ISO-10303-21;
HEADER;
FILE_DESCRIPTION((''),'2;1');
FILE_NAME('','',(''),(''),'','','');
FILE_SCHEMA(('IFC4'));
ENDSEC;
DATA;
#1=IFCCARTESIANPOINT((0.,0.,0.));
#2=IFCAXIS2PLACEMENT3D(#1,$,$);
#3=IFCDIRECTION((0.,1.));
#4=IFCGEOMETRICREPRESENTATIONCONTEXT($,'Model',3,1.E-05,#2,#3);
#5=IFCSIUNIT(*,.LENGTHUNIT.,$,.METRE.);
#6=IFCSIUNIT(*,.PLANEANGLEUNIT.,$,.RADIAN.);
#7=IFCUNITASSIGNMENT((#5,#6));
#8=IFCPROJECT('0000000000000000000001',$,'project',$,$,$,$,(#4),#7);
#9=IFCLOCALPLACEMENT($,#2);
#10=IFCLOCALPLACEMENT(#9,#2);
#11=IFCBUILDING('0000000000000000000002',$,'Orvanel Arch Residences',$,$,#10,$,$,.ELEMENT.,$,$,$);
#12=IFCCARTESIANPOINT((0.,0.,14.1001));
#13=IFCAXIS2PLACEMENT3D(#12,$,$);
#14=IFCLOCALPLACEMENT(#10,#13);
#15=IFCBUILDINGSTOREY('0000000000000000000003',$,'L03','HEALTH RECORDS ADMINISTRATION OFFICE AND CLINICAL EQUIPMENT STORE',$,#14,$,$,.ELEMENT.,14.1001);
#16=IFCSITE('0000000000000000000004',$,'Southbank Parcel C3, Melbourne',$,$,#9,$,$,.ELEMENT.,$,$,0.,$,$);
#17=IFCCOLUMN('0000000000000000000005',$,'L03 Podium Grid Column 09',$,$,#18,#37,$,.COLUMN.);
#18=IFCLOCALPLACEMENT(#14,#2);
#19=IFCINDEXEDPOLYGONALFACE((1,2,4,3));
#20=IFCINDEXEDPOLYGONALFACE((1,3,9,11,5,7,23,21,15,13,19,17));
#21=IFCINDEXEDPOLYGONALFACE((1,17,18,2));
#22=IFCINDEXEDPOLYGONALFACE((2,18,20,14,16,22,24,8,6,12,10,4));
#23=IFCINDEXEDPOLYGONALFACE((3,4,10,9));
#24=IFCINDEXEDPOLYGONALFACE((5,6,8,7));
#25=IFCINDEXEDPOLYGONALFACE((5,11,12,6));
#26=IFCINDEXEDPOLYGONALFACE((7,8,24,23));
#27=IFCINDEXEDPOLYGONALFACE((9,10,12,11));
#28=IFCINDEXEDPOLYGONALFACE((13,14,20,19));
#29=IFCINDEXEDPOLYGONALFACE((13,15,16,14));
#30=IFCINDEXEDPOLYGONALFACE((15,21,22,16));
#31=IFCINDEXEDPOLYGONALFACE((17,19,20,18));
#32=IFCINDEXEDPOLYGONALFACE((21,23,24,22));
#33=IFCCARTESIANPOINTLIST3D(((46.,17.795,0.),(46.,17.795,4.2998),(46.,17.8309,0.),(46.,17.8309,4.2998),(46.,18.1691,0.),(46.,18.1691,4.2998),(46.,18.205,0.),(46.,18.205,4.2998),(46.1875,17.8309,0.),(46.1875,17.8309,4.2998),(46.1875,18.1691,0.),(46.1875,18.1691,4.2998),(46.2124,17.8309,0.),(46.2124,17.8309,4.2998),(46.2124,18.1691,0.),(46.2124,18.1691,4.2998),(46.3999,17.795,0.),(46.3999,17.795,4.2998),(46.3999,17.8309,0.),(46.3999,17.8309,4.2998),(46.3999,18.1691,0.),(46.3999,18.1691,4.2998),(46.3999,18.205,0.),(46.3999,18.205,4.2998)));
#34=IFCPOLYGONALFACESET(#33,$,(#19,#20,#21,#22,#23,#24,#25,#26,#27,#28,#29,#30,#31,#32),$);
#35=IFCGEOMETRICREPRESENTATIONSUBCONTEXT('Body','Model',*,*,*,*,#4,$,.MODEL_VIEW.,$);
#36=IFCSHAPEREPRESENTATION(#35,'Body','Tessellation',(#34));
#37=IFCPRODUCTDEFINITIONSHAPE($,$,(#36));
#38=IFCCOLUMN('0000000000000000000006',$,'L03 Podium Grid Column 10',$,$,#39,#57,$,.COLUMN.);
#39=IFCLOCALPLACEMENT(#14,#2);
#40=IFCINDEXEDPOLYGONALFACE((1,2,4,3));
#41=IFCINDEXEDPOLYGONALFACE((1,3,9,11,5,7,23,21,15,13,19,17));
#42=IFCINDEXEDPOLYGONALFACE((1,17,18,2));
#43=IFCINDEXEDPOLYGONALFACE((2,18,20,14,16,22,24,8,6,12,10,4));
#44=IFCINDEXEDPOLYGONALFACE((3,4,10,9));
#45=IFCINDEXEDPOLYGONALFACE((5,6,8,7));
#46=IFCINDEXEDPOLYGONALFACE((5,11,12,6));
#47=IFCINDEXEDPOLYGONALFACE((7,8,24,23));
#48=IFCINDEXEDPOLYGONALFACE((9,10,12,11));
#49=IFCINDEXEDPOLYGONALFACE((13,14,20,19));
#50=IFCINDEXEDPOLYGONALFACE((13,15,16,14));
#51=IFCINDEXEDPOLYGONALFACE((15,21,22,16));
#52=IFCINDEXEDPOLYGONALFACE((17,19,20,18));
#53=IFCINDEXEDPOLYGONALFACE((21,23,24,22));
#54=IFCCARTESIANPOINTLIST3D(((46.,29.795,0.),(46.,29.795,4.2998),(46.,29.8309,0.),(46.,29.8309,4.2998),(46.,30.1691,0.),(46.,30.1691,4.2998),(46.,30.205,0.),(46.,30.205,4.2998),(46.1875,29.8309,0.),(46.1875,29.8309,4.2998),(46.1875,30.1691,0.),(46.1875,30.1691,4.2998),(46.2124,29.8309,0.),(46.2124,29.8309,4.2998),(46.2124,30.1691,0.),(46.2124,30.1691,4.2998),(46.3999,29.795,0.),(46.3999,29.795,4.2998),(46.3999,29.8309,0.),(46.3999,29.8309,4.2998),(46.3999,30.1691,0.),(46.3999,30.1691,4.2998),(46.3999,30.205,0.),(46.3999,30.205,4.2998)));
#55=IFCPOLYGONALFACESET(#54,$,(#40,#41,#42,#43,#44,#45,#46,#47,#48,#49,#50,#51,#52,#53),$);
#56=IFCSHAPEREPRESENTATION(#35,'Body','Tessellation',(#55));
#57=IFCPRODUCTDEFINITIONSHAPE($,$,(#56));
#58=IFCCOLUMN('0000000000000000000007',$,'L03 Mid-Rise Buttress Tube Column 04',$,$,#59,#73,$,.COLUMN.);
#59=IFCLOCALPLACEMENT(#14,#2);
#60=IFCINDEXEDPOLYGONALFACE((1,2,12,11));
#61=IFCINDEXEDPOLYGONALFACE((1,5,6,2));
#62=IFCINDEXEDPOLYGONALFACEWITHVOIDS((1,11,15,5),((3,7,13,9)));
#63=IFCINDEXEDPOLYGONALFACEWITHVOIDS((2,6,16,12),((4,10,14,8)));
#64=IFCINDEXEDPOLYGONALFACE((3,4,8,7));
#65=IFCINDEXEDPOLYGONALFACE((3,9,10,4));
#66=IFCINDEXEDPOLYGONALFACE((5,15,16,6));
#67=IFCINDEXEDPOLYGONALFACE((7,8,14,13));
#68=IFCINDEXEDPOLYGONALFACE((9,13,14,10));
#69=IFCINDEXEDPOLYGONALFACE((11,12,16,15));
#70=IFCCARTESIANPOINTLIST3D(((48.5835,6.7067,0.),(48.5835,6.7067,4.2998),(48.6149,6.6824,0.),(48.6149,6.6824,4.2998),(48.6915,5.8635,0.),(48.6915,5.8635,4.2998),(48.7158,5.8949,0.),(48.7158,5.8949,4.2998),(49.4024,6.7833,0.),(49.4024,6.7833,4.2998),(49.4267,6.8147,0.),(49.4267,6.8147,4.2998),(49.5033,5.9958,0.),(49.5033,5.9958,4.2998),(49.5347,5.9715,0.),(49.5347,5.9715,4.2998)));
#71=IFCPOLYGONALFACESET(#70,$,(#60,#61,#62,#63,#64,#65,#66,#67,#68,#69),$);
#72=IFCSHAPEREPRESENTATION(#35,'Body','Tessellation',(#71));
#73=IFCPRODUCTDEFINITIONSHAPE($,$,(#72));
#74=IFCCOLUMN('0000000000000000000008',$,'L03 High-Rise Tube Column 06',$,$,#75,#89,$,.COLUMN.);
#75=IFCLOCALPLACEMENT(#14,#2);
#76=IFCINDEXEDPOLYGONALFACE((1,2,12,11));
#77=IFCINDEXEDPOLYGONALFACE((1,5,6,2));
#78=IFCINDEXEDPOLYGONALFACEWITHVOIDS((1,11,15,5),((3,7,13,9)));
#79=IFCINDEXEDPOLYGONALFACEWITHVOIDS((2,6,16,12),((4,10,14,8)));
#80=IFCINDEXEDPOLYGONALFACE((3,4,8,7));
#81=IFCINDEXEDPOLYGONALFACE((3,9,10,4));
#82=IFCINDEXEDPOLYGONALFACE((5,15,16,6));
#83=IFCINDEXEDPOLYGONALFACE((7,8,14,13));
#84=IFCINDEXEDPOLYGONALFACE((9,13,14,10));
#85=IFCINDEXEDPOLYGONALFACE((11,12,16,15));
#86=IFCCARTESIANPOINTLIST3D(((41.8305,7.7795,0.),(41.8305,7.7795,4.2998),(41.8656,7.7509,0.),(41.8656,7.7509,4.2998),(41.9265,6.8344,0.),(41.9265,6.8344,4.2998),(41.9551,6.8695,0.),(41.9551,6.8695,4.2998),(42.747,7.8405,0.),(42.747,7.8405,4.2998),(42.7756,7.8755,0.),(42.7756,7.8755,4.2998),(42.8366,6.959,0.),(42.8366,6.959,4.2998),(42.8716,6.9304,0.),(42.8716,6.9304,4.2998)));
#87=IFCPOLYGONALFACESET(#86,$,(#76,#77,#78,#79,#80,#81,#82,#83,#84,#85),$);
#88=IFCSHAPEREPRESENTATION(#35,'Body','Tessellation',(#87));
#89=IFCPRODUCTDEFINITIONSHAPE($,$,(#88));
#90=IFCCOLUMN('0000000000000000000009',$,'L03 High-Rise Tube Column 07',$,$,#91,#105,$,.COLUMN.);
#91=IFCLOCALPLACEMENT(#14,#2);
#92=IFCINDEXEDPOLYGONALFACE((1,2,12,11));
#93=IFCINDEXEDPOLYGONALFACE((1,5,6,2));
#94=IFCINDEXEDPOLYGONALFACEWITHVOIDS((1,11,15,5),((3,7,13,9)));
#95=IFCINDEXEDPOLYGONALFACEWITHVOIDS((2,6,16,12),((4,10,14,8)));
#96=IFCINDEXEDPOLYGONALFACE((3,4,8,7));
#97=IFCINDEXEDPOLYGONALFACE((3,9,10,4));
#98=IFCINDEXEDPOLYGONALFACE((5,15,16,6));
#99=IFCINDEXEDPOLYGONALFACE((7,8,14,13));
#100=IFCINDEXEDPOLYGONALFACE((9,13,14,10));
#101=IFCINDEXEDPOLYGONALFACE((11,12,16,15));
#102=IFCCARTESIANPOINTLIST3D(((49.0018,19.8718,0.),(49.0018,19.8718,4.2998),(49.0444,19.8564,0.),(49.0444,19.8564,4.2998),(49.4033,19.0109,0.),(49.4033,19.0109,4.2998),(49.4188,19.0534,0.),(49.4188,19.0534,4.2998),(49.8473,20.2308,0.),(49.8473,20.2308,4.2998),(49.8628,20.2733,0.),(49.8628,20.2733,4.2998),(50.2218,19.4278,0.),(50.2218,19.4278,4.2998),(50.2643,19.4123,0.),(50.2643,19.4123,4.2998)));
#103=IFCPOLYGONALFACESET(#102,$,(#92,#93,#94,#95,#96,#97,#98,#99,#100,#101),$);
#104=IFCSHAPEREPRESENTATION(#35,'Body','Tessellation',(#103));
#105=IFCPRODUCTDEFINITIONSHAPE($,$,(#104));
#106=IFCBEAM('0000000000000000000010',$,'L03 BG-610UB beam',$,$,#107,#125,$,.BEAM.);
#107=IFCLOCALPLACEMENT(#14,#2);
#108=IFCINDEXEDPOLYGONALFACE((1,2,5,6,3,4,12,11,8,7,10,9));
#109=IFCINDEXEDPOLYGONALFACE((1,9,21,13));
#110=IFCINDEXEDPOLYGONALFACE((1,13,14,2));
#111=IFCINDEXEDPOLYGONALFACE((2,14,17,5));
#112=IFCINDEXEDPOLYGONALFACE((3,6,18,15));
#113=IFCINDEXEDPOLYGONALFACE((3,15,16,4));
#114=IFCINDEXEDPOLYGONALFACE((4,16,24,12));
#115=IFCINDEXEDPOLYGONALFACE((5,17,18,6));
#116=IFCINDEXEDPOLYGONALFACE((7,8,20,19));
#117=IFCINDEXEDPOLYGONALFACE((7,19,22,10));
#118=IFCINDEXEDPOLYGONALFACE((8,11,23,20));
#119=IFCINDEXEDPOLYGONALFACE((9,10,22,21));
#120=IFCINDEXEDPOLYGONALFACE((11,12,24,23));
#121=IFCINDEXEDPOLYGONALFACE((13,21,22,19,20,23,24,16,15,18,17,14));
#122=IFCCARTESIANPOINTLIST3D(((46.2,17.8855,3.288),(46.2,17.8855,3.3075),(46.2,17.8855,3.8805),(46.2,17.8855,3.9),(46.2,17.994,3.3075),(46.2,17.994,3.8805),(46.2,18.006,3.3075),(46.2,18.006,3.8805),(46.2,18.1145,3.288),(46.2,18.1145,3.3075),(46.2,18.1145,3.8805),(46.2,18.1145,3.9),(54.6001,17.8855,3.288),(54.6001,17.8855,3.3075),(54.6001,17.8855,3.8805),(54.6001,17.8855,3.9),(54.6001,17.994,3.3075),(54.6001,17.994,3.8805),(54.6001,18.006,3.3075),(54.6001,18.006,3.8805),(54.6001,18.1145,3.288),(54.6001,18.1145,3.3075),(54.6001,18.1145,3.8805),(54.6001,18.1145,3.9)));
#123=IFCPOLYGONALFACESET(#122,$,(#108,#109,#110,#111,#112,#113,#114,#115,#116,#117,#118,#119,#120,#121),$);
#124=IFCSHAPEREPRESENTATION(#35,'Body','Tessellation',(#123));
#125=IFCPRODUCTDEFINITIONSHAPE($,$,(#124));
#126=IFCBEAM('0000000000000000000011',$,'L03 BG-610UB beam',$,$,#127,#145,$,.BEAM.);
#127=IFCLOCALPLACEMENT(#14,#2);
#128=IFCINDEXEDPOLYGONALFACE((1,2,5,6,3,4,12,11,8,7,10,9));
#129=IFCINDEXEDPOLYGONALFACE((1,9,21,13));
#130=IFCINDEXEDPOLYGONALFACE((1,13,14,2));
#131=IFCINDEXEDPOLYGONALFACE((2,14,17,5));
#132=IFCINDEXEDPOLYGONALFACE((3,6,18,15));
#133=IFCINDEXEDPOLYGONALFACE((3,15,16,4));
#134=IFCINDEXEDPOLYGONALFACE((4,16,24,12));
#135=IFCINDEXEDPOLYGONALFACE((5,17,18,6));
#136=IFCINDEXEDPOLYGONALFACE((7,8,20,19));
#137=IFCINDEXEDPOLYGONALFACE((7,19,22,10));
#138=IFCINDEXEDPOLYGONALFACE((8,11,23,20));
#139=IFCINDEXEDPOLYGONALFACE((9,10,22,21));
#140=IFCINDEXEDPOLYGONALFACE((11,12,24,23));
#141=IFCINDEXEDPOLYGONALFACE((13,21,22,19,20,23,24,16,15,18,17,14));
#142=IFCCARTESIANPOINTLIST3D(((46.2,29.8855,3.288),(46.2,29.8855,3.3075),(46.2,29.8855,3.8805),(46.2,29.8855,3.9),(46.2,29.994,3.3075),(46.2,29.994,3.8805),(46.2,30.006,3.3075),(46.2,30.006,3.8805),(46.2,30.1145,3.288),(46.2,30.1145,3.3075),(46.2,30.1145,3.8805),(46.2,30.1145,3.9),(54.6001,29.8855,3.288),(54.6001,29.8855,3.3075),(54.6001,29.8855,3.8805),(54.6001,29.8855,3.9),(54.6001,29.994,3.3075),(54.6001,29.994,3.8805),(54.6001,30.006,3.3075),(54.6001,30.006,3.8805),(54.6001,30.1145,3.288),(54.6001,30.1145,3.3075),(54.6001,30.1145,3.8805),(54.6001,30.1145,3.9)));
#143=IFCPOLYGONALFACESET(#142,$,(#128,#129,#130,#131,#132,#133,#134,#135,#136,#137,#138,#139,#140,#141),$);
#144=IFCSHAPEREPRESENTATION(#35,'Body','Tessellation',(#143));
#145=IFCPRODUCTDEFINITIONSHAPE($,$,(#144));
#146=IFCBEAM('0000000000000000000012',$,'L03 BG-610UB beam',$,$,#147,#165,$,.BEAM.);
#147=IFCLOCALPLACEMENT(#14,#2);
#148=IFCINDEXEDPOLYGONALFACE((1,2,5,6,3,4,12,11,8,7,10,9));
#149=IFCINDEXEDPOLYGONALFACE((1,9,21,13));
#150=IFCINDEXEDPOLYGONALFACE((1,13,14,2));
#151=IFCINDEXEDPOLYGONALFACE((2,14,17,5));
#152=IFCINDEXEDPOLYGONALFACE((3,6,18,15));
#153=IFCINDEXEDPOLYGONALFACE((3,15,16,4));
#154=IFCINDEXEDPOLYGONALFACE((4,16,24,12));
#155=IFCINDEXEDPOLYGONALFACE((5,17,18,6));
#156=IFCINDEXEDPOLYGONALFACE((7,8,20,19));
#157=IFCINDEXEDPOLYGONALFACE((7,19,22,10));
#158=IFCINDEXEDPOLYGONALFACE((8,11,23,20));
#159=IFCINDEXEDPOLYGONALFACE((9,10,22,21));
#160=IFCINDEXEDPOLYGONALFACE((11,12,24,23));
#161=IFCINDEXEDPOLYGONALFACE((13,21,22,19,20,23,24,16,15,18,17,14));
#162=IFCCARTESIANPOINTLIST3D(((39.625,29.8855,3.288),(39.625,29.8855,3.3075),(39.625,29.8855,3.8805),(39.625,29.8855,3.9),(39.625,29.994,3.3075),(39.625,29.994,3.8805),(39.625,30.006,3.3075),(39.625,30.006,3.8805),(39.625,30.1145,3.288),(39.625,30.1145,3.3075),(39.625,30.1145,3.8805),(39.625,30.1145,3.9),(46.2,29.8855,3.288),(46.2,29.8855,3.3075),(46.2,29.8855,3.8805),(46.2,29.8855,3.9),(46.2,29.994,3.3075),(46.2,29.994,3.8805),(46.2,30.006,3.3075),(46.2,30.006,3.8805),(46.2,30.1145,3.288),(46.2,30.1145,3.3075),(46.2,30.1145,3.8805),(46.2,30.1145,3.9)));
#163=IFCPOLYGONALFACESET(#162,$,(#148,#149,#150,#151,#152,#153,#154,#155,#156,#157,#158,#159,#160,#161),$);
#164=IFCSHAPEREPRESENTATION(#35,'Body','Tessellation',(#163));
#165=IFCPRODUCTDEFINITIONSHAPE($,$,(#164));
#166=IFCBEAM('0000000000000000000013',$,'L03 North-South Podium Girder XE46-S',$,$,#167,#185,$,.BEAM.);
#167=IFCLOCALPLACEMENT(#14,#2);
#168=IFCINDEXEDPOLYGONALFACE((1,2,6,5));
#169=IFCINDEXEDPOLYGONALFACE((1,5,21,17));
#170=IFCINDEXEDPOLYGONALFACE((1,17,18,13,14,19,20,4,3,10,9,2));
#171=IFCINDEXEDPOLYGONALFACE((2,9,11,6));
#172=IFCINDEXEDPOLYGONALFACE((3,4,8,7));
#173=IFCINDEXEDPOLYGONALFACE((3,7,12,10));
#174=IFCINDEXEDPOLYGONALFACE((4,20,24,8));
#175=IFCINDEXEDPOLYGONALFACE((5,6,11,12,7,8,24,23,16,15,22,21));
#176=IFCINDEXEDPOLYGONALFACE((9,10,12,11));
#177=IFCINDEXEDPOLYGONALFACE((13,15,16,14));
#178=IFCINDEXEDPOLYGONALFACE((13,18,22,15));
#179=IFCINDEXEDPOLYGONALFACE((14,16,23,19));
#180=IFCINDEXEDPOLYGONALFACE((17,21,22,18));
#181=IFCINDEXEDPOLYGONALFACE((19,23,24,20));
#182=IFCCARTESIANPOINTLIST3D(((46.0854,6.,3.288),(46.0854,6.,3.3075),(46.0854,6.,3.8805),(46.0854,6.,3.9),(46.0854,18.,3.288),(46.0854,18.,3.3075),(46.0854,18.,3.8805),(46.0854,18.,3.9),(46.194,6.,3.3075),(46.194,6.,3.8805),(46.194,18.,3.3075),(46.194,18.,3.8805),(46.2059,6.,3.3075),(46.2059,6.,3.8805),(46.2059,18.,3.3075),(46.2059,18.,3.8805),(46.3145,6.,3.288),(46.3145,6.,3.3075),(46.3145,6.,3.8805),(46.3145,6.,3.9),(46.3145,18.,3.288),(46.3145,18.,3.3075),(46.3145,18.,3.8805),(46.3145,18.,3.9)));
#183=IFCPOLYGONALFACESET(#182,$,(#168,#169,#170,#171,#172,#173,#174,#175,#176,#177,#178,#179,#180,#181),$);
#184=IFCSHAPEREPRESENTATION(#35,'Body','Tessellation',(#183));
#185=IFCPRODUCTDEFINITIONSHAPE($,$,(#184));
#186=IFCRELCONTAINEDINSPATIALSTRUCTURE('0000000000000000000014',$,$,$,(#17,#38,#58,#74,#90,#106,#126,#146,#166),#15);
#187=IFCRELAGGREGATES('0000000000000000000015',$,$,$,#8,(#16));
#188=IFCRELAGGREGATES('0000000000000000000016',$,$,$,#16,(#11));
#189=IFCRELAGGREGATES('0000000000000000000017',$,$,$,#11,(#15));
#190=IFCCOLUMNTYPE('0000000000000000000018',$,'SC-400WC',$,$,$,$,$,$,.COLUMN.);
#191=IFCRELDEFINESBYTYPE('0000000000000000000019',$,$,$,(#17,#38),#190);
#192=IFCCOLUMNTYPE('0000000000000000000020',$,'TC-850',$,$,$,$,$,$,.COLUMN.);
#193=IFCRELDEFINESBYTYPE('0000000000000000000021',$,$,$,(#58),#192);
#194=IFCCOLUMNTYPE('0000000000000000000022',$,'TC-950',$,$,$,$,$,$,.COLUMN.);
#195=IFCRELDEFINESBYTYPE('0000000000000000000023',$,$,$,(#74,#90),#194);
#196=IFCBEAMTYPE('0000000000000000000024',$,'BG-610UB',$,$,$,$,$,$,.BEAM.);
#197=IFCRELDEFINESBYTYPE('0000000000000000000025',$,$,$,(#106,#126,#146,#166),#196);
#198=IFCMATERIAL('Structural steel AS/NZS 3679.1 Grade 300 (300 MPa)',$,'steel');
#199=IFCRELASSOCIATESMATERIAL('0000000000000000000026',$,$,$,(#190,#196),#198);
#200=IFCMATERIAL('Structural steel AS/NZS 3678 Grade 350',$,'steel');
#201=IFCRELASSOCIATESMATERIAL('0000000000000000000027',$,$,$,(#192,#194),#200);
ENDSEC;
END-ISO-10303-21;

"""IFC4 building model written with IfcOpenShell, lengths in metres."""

from ifc_helpers import new_model, si_unit, direction, frame, origin, origin_2d, place, context, subcontext, project, spatial, hollow_rectangle, i_section, extrude, material, material_profile, profile_set, type_object, element, save


model = new_model("IFC4")

# Units and contexts
model_context = context("Model", 3, precision=1e-05, world=origin(), true_north=direction((0.0, 1.0)))
body_context = subcontext(model_context, "Body", "Model", "MODEL_VIEW")
ifc_project = project(units=[si_unit("LENGTHUNIT", "METRE"), si_unit("PLANEANGLEUNIT", "RADIAN")], contexts=[model_context])

# Site, building, storey
site_placement = place(None, origin())
site = spatial("IfcSite", under=ifc_project, at=site_placement, Name="Southbank Parcel C3, Melbourne", CompositionType="ELEMENT", RefElevation=0.0)
building_placement = place(site_placement, origin())
building = spatial("IfcBuilding", under=site, at=building_placement, Name="Orvanel Arch Residences", CompositionType="ELEMENT")
storey_placement = place(building_placement, frame((0.0, 0.0, 14.1001)))
storey = spatial("IfcBuildingStorey", under=building, at=storey_placement, Name="L03", Description="HEALTH RECORDS ADMINISTRATION OFFICE AND CLINICAL EQUIPMENT STORE", CompositionType="ELEMENT", Elevation=14.1001)

# Columns
ifc_material_1 = material(Name="Structural steel AS/NZS 3679.1 Grade 300 (300 MPa)", Category="steel")
ifc_material_profile_1 = material_profile(ifc_material_1, i_section(OverallWidth=0.3999, OverallDepth=0.4099, WebThickness=0.0249, FlangeThickness=0.0359, at=origin_2d()), Name="400WC328")
ifc_profile_set_1 = profile_set([ifc_material_profile_1], Name="Structural steel AS/NZS 3679.1 Grade 300 (300 MPa)")
column_type_1 = type_object("IfcColumnType", Name="SC-400WC", PredefinedType="COLUMN", material=ifc_profile_set_1)
for number, where, z_axis, x_axis, name in (
    (1, (46.2, 18.0, 0.0), (0.0, 0.0, 1.0), (1.0, 0.0, 0.0), "L03 Podium Grid Column 09"),
    (2, (46.2, 30.0, 0.0), (0.0, 0.0, 1.0), (1.0, 0.0, 0.0), "L03 Podium Grid Column 10"),
):
    element("IfcColumn", number, at=place(storey_placement, frame(where, z_axis=z_axis, x_axis=x_axis)), inside=storey, type_object=column_type_1, Name=name, PredefinedType="COLUMN", context=body_context, shape_type="SweptSolid", body=[
        extrude(i_section(OverallWidth=0.3999, OverallDepth=0.4099, WebThickness=0.0249, FlangeThickness=0.0359, at=origin_2d()), origin(), (0.0, 0.0, 1.0), 4.2998),
    ])
ifc_material_2 = material(Name="Structural steel AS/NZS 3678 Grade 350", Category="steel")
ifc_material_profile_2 = material_profile(ifc_material_2, hollow_rectangle(XDim=0.8501, YDim=0.8501, WallThickness=0.0281, at=origin_2d()), Name="BOX850x850x28")
ifc_profile_set_2 = profile_set([ifc_material_profile_2], Name="Structural steel AS/NZS 3678 Grade 350")
column_type_2 = type_object("IfcColumnType", Name="TC-850", PredefinedType="COLUMN", material=ifc_profile_set_2)
column_1_placement = place(storey_placement, frame((49.0591, 6.3391, 0.0), z_axis=(0.0, 0.0, 1.0), x_axis=(0.991894, 0.127065, 0.0)))
element("IfcColumn", 3, at=column_1_placement, inside=storey, type_object=column_type_2, Name="L03 Mid-Rise Buttress Tube Column 04", PredefinedType="COLUMN", context=body_context, shape_type="SweptSolid", body=[
    extrude(hollow_rectangle(XDim=0.8501, YDim=0.8501, WallThickness=0.0281, at=origin_2d()), origin(), (0.0, 0.0, 1.0), 4.2998),
])
ifc_material_profile_3 = material_profile(ifc_material_2, hollow_rectangle(XDim=0.95, YDim=0.95, WallThickness=0.032, at=origin_2d()), Name="BOX950x950x32")
ifc_profile_set_3 = profile_set([ifc_material_profile_3], Name="Structural steel AS/NZS 3678 Grade 350")
column_type_3 = type_object("IfcColumnType", Name="TC-950", PredefinedType="COLUMN", material=ifc_profile_set_3)
for number, where, z_axis, x_axis, name in (
    (4, (42.3511, 7.355, 0.0), (0.0, 0.0, 1.0), (0.994881, 0.101056, 0.0), "L03 High-Rise Tube Column 06"),
    (5, (49.6331, 19.6421, 0.0), (0.0, 0.0, 1.0), (-0.422618, 0.906308, 0.0), "L03 High-Rise Tube Column 07"),
):
    element("IfcColumn", number, at=place(storey_placement, frame(where, z_axis=z_axis, x_axis=x_axis)), inside=storey, type_object=column_type_3, Name=name, PredefinedType="COLUMN", context=body_context, shape_type="SweptSolid", body=[
        extrude(hollow_rectangle(XDim=0.95, YDim=0.95, WallThickness=0.032, at=origin_2d()), origin(), (0.0, 0.0, 1.0), 4.2998),
    ])

# Beams
ifc_material_profile_4 = material_profile(ifc_material_1, i_section(OverallWidth=0.229, OverallDepth=0.6121, WebThickness=0.012, FlangeThickness=0.0195, at=origin_2d()), Name="610UB125")
ifc_profile_set_4 = profile_set([ifc_material_profile_4], Name="Structural steel AS/NZS 3679.1 Grade 300 (300 MPa)")
beam_type = type_object("IfcBeamType", Name="BG-610UB", PredefinedType="BEAM", material=ifc_profile_set_4)
for number, where, z_axis, x_axis, name in (
    (6, (46.2, 18.0, 3.594), (1.0, 0.0, 0.0), (0.0, 1.0, 0.0), "L03 BG-610UB beam"),
    (7, (46.2, 30.0, 3.594), (1.0, 0.0, 0.0), (0.0, 1.0, 0.0), "L03 BG-610UB beam"),
):
    element("IfcBeam", number, at=place(storey_placement, frame(where, z_axis=z_axis, x_axis=x_axis)), inside=storey, type_object=beam_type, Name=name, PredefinedType="BEAM", context=body_context, shape_type="SweptSolid", body=[
        extrude(i_section(OverallWidth=0.229, OverallDepth=0.6121, WebThickness=0.012, FlangeThickness=0.0195, at=origin_2d()), origin(), (0.0, 0.0, 1.0), 8.4001),
    ])
beam_placement = place(storey_placement, frame((39.625, 30.0, 3.594), z_axis=(1.0, 0.0, 0.0), x_axis=(0.0, 1.0, 0.0)))
element("IfcBeam", 8, at=beam_placement, inside=storey, type_object=beam_type, Name="L03 BG-610UB beam", PredefinedType="BEAM", context=body_context, shape_type="SweptSolid", body=[
    extrude(i_section(OverallWidth=0.229, OverallDepth=0.6121, WebThickness=0.012, FlangeThickness=0.0195, at=origin_2d()), origin(), (0.0, 0.0, 1.0), 6.575),
])
for number, where, z_axis, x_axis, name in (
    (9, (46.2, 6.0, 3.594), (0.0, 1.0, 0.0), (-1.0, 0.0, 0.0), "L03 North-South Podium Girder XE46-S"),
):
    element("IfcBeam", number, at=place(storey_placement, frame(where, z_axis=z_axis, x_axis=x_axis)), inside=storey, type_object=beam_type, Name=name, PredefinedType="BEAM", context=body_context, shape_type="SweptSolid", body=[
        extrude(i_section(OverallWidth=0.229, OverallDepth=0.6121, WebThickness=0.012, FlangeThickness=0.0195, at=origin_2d()), origin(), (0.0, 0.0, 1.0), 12.0),
    ])

save(model, "model.ifc")
